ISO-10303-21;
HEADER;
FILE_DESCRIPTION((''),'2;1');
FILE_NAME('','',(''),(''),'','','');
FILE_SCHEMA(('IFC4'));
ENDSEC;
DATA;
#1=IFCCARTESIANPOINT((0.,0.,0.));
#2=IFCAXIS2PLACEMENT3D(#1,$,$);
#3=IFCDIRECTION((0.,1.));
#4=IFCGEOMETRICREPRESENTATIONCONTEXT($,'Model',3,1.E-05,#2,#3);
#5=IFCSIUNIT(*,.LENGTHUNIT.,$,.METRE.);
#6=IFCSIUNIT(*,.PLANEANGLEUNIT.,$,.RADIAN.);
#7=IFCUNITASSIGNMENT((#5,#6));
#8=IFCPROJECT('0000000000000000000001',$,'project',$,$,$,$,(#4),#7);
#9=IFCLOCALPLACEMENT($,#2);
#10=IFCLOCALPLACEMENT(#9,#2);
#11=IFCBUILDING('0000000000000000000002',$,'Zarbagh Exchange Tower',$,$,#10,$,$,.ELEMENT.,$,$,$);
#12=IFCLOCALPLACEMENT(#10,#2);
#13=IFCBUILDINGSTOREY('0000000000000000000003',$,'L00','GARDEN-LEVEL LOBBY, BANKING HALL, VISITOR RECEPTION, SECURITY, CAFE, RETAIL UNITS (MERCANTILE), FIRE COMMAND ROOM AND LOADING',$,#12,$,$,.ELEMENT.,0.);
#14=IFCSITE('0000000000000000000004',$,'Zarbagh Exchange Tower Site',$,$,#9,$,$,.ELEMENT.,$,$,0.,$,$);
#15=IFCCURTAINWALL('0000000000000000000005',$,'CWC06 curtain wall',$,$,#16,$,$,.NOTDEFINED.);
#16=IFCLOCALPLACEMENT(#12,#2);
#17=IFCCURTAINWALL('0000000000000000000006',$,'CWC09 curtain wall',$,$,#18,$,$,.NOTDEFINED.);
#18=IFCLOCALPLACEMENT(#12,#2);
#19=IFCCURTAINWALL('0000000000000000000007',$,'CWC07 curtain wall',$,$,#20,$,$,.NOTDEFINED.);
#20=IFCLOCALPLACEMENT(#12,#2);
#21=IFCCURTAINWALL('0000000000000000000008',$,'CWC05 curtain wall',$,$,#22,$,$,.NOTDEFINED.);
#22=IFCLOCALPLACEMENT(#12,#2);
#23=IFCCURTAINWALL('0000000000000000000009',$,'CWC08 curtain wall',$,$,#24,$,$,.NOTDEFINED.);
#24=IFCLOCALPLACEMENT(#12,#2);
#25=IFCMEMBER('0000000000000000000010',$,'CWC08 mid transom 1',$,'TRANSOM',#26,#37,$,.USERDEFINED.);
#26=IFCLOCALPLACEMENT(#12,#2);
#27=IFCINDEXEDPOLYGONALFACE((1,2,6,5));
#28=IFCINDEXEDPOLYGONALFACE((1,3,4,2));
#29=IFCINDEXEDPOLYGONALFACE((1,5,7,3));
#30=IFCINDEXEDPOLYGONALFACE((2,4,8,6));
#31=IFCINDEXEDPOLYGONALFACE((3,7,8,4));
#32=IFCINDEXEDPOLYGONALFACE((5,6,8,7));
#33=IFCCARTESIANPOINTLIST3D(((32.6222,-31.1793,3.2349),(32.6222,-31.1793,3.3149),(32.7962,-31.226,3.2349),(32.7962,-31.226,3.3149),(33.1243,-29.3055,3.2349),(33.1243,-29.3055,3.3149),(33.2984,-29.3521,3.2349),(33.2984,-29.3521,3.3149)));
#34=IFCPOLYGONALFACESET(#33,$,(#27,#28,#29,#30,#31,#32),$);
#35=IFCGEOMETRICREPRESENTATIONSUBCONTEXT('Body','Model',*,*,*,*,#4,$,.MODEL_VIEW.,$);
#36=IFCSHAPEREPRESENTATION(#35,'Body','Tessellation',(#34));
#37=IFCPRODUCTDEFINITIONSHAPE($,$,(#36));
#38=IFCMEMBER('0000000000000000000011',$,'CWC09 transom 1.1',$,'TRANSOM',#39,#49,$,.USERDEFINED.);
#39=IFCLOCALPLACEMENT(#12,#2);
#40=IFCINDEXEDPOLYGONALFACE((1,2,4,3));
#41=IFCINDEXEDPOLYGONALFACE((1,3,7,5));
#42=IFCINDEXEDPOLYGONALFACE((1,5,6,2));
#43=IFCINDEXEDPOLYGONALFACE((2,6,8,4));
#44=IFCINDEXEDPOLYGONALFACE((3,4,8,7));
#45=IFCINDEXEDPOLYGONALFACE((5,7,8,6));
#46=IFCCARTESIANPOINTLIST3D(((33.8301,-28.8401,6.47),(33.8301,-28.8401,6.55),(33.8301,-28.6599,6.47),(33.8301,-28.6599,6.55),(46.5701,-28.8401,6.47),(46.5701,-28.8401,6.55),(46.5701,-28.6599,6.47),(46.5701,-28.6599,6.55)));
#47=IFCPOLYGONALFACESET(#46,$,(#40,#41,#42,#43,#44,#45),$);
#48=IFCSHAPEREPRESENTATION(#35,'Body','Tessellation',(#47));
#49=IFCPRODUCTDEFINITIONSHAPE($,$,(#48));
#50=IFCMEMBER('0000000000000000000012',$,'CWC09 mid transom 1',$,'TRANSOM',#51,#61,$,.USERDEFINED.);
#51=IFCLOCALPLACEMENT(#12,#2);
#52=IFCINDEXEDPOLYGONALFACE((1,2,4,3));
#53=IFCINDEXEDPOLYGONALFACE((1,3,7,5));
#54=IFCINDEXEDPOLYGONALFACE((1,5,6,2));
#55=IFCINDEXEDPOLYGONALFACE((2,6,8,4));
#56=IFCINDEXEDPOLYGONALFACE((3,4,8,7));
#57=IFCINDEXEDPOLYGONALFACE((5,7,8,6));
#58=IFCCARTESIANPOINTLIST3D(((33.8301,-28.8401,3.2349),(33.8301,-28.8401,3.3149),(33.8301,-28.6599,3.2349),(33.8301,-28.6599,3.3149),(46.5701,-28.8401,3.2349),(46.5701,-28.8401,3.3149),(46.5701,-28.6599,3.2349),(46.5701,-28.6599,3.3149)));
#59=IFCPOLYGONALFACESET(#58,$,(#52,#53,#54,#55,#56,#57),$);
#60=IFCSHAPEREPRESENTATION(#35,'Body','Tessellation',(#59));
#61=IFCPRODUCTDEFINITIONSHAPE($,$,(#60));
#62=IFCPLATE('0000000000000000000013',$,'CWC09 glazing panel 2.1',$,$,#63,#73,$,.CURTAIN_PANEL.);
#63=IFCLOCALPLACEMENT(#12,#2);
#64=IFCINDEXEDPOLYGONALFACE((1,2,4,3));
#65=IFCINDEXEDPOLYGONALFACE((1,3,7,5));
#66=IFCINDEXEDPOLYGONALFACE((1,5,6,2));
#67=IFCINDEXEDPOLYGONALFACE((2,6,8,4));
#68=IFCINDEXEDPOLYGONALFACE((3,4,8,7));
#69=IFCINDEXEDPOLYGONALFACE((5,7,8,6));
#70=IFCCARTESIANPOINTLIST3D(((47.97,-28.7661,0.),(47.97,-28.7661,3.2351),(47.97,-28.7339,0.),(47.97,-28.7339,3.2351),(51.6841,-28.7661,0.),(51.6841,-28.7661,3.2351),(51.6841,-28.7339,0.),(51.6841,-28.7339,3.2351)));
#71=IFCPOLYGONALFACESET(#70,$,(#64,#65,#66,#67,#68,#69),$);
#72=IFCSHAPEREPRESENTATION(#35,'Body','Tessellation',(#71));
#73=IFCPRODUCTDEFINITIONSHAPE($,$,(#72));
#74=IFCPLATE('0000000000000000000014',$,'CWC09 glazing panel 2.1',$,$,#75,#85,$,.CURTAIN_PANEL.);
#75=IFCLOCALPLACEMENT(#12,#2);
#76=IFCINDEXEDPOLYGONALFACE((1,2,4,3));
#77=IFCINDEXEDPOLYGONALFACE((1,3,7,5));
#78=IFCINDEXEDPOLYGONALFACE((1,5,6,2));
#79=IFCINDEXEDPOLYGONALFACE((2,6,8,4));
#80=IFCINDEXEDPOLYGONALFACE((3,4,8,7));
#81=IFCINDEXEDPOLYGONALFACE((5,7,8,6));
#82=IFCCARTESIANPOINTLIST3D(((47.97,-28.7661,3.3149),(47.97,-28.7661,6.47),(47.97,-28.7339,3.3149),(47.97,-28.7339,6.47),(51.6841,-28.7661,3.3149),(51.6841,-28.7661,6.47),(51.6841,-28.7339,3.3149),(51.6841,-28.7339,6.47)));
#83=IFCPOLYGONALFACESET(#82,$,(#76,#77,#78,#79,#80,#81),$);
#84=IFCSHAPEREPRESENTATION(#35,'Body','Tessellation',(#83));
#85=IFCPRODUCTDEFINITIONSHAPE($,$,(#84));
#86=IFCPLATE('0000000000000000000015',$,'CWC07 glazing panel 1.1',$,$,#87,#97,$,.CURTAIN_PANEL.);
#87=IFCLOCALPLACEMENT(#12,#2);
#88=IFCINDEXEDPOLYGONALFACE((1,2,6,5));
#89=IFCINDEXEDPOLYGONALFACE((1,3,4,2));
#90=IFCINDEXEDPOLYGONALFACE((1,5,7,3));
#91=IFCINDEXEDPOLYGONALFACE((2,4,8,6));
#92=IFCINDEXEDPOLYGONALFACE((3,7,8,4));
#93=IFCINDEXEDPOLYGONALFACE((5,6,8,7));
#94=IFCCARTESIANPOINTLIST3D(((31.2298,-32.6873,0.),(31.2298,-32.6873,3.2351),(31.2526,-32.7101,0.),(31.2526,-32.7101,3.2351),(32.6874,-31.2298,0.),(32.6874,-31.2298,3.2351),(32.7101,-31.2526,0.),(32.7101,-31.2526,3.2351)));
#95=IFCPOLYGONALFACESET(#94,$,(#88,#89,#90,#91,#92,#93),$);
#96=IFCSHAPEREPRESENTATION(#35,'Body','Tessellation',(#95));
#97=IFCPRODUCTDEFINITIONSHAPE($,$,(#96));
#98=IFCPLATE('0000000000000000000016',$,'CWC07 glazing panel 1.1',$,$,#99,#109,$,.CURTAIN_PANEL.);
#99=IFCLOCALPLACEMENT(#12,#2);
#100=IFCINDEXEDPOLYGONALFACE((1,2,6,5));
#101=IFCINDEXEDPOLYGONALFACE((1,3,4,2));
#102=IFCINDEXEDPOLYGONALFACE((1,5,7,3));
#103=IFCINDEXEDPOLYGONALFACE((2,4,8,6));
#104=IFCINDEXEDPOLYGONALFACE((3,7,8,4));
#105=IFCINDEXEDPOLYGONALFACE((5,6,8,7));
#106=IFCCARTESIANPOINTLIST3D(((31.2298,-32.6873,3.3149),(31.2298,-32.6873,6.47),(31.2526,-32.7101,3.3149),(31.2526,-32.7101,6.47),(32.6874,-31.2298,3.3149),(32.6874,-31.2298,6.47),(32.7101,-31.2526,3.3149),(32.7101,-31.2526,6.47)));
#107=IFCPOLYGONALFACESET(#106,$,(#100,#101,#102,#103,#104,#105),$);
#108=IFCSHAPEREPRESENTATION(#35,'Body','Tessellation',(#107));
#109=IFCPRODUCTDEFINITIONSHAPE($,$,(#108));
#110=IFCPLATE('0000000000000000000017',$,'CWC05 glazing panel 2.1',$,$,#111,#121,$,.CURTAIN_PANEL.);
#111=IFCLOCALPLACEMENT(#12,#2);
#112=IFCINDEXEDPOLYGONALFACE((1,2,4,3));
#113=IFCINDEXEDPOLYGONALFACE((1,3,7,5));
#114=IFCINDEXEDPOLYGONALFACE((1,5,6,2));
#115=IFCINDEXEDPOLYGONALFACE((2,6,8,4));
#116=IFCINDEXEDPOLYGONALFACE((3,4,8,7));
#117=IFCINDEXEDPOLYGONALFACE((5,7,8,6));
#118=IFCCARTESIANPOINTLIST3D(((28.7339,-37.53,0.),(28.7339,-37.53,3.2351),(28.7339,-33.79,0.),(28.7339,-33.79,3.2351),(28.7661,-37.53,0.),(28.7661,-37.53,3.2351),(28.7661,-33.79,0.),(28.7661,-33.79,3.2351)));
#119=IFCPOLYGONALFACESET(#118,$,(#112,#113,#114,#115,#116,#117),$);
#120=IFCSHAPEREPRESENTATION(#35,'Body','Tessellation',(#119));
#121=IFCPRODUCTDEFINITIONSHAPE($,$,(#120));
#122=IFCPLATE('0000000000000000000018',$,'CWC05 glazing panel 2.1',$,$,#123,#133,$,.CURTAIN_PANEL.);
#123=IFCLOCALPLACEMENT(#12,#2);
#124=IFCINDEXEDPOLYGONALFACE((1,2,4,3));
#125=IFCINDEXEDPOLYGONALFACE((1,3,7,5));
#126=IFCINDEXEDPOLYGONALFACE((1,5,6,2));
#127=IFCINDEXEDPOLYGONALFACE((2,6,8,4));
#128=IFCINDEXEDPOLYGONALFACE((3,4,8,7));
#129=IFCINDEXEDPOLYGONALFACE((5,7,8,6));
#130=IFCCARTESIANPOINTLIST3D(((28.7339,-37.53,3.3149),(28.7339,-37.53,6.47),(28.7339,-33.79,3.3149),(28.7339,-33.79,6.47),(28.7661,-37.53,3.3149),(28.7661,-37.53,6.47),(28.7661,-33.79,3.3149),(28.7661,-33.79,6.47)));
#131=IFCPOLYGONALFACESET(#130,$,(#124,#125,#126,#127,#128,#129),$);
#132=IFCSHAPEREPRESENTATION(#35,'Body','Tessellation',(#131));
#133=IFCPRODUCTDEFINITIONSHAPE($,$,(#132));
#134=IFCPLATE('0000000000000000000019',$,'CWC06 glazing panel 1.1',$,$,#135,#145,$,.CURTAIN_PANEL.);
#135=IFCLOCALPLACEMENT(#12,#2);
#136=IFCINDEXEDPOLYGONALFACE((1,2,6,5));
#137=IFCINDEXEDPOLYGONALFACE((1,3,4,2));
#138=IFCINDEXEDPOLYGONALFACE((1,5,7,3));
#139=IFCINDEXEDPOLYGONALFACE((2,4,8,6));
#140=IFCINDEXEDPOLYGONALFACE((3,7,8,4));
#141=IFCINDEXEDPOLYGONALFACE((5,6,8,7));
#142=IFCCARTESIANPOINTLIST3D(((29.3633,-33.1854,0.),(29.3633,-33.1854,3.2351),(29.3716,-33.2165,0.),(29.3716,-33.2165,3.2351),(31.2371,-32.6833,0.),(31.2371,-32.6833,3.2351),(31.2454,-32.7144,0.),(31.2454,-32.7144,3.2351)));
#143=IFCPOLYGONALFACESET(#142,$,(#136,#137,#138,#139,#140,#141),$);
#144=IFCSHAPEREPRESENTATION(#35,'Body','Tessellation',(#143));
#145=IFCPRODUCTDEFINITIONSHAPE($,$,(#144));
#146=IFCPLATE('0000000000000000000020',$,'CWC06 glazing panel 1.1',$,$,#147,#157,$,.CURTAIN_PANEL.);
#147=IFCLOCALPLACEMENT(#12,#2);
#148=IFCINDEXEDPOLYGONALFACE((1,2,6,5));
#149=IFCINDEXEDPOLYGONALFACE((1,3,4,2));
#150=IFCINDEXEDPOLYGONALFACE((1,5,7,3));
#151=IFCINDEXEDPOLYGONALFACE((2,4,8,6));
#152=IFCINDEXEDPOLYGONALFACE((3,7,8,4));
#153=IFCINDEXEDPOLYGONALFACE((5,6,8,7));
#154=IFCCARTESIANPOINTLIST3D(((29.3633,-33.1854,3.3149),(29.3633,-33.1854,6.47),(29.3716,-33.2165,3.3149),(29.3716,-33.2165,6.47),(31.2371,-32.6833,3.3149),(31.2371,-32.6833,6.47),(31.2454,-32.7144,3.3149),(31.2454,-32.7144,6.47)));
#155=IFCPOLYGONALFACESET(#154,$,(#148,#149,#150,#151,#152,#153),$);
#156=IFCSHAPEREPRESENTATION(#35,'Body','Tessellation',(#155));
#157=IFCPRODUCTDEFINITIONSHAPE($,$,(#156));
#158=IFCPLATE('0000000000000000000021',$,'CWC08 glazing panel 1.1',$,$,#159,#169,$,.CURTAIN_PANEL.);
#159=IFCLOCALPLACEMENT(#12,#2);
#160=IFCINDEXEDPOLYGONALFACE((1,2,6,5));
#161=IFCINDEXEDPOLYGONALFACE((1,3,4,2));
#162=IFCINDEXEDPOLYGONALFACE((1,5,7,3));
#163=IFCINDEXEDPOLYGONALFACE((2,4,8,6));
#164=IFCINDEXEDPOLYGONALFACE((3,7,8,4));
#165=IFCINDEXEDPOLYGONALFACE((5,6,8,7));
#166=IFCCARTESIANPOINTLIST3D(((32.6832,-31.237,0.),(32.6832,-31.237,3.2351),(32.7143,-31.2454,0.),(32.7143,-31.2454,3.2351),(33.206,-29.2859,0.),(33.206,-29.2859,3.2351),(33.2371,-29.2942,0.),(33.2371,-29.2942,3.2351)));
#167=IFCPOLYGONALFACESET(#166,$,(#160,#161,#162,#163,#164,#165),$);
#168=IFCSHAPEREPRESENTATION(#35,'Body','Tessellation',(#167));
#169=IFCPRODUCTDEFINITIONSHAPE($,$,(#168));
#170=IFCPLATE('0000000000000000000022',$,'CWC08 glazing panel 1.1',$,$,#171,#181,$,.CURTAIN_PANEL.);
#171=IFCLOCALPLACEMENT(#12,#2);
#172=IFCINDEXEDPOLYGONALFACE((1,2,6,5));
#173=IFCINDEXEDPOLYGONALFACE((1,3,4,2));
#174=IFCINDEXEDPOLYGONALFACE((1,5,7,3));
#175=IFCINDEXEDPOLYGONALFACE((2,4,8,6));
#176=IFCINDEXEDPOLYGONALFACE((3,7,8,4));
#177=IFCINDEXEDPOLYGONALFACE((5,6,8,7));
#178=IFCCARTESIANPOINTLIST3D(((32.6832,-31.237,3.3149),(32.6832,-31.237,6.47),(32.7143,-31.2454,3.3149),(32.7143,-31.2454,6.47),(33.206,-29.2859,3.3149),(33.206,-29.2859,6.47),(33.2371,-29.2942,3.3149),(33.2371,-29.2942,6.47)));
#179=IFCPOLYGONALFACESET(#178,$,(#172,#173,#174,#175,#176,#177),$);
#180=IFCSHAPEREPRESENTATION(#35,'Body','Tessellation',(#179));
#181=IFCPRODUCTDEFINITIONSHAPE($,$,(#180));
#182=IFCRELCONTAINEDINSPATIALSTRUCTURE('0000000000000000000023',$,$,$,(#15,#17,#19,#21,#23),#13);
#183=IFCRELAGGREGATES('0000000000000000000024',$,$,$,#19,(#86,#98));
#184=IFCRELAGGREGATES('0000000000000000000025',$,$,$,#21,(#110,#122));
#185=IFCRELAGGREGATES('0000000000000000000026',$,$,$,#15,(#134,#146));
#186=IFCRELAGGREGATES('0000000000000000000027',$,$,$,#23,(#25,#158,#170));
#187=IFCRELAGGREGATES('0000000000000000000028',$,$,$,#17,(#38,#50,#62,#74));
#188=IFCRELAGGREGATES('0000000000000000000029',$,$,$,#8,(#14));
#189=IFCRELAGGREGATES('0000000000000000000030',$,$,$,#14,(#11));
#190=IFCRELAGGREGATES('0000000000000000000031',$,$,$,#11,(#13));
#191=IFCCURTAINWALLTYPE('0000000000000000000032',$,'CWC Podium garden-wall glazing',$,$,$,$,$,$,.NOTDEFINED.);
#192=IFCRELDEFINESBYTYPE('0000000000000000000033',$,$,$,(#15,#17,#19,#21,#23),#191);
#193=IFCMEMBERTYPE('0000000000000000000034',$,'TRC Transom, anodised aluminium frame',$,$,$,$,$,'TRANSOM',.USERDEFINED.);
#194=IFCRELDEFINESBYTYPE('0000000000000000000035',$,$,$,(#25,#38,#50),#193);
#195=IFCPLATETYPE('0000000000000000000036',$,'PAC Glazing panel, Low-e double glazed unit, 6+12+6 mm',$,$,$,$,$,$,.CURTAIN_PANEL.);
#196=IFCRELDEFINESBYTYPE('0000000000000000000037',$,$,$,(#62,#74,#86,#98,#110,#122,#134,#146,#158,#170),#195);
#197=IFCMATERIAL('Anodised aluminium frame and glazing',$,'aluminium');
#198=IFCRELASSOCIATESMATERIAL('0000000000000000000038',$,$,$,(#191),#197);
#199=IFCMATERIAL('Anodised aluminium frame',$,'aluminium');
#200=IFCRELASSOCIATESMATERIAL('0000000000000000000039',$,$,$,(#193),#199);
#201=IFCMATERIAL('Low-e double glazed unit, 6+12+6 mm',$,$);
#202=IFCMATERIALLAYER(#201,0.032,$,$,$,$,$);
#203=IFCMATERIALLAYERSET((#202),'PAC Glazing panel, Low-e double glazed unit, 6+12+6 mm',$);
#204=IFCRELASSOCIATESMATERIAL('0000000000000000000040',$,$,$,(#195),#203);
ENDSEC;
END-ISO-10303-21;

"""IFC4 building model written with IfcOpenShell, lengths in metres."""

from ifc_helpers import new_model, si_unit, direction, origin, place, context, subcontext, project, spatial, polyline, outline, extrude, source, transform, mapped, material, layer, layer_set, type_object, element, aggregate, save


model = new_model("IFC4")

# Units and contexts
model_context = context("Model", 3, precision=1e-05, world=origin(), true_north=direction((0.0, 1.0)))
body_context = subcontext(model_context, "Body", "Model", "MODEL_VIEW")
ifc_project = project(units=[si_unit("LENGTHUNIT", "METRE"), si_unit("PLANEANGLEUNIT", "RADIAN")], contexts=[model_context])

# Site, building, storey
site_placement = place(None, origin())
site = spatial("IfcSite", under=ifc_project, at=site_placement, Name="Zarbagh Exchange Tower Site", CompositionType="ELEMENT", RefElevation=0.0)
building_placement = place(site_placement, origin())
building = spatial("IfcBuilding", under=site, at=building_placement, Name="Zarbagh Exchange Tower", CompositionType="ELEMENT")
storey_placement = place(building_placement, origin())
storey = spatial("IfcBuildingStorey", under=building, at=storey_placement, Name="L00", Description="GARDEN-LEVEL LOBBY, BANKING HALL, VISITOR RECEPTION, SECURITY, CAFE, RETAIL UNITS (MERCANTILE), FIRE COMMAND ROOM AND LOADING", CompositionType="ELEMENT", Elevation=0.0)

# Curtain wall
ifc_material_1 = material(Name="Anodised aluminium frame and glazing", Category="aluminium")
curtain_wall_type = type_object("IfcCurtainWallType", Name="CWC Podium garden-wall glazing", PredefinedType="NOTDEFINED", material=ifc_material_1)
curtain_wall_1_placement = place(storey_placement, origin())
curtain_wall_1 = element("IfcCurtainWall", 1, at=curtain_wall_1_placement, inside=storey, type_object=curtain_wall_type, Name="CWC06 curtain wall", PredefinedType="NOTDEFINED")
ifc_material_2 = material(Name="Anodised aluminium frame", Category="aluminium")
placement = place(storey_placement, origin())

# Curtain walls
curtain_wall_2_placement = place(storey_placement, origin())
curtain_wall_2 = element("IfcCurtainWall", 2, at=curtain_wall_2_placement, inside=storey, type_object=curtain_wall_type, Name="CWC09 curtain wall", PredefinedType="NOTDEFINED")
member_type_1 = type_object("IfcMemberType", Name="TRC Transom, anodised aluminium frame", ElementType="TRANSOM", PredefinedType="USERDEFINED", material=ifc_material_2)
curtain_wall_3_placement = place(storey_placement, origin())
curtain_wall_3 = element("IfcCurtainWall", 3, at=curtain_wall_3_placement, inside=storey, type_object=curtain_wall_type, Name="CWC07 curtain wall", PredefinedType="NOTDEFINED")
curtain_wall_4_placement = place(storey_placement, origin())
curtain_wall_4 = element("IfcCurtainWall", 4, at=curtain_wall_4_placement, inside=storey, type_object=curtain_wall_type, Name="CWC05 curtain wall", PredefinedType="NOTDEFINED")

# Curtain wall
curtain_wall_5_placement = place(storey_placement, origin())
curtain_wall_5 = element("IfcCurtainWall", 5, at=curtain_wall_5_placement, inside=storey, type_object=curtain_wall_type, Name="CWC08 curtain wall", PredefinedType="NOTDEFINED")

# Members
shared_shape_1 = source(origin(), body_context, "Body", "SweptSolid", [
    extrude(outline(polyline([(-0.04, -0.0901), (0.04, -0.0901), (0.04, 0.0901), (-0.04, 0.0901), (-0.04, -0.0901)])), origin(), (0.0, 0.0, 1.0), 1.9399),
])
member_1 = element("IfcMember", 6, at=placement, type_object=member_type_1, Name="CWC08 mid transom 1", ObjectType="TRANSOM", PredefinedType="USERDEFINED", context=body_context, shape_type="MappedRepresentation", body=[
    mapped(shared_shape_1, transform((32.7092, -31.2026, 3.2749), x_axis=(0.0, 0.0, 1.0), y_axis=(0.965924, -0.258825, 0.0), z_axis=(0.258825, 0.965924, 0.0))),
])
shared_shape_2 = source(origin(), body_context, "Body", "SweptSolid", [
    extrude(outline(polyline([(-0.0801, -0.0901), (0.0, -0.0901), (0.0, 0.0901), (-0.0801, 0.0901), (-0.0801, -0.0901)])), origin(), (0.0, 0.0, 1.0), 12.74),
])
member_2 = element("IfcMember", 7, at=placement, type_object=member_type_1, Name="CWC09 transom 1.1", ObjectType="TRANSOM", PredefinedType="USERDEFINED", context=body_context, shape_type="MappedRepresentation", body=[
    mapped(shared_shape_2, transform((33.8301, -28.75, 6.55), x_axis=(0.0, 0.0, 1.0), y_axis=(0.0, -1.0, 0.0), z_axis=(1.0, 0.0, 0.0))),
])
shared_shape_3 = source(origin(), body_context, "Body", "SweptSolid", [
    extrude(outline(polyline([(-0.04, -0.0901), (0.04, -0.0901), (0.04, 0.0901), (-0.04, 0.0901), (-0.04, -0.0901)])), origin(), (0.0, 0.0, 1.0), 12.74),
])
member_3 = element("IfcMember", 8, at=placement, type_object=member_type_1, Name="CWC09 mid transom 1", ObjectType="TRANSOM", PredefinedType="USERDEFINED", context=body_context, shape_type="MappedRepresentation", body=[
    mapped(shared_shape_3, transform((33.8301, -28.75, 3.2749), x_axis=(0.0, 0.0, 1.0), y_axis=(0.0, -1.0, 0.0), z_axis=(1.0, 0.0, 0.0))),
])

# Plates
ifc_material_3 = material(Name="Low-e double glazed unit, 6+12+6 mm")
ifc_layer = layer(ifc_material_3, 0.032)
ifc_layer_set = layer_set([ifc_layer], Name="PAC Glazing panel, Low-e double glazed unit, 6+12+6 mm")
plate_type = type_object("IfcPlateType", Name="PAC Glazing panel, Low-e double glazed unit, 6+12+6 mm", PredefinedType="CURTAIN_PANEL", material=ifc_layer_set)
shared_shape_4 = source(origin(), body_context, "Body", "SweptSolid", [
    extrude(outline(polyline([(0.0, -0.0161), (3.7141, -0.0161), (3.7141, 0.0161), (0.0, 0.0161), (0.0, -0.0161)])), origin(), (0.0, 0.0, 1.0), 3.2351),
])
plate_1 = element("IfcPlate", 9, at=placement, type_object=plate_type, Name="CWC09 glazing panel 2.1", PredefinedType="CURTAIN_PANEL", context=body_context, shape_type="MappedRepresentation", body=[
    mapped(shared_shape_4, transform((47.97, -28.75, 0.0), x_axis=(1.0, 0.0, 0.0), y_axis=(0.0, 1.0, 0.0), z_axis=(0.0, 0.0, 1.0))),
])
shared_shape_5 = source(origin(), body_context, "Body", "SweptSolid", [
    extrude(outline(polyline([(0.0, -0.0161), (3.7141, -0.0161), (3.7141, 0.0161), (0.0, 0.0161), (0.0, -0.0161)])), origin(), (0.0, 0.0, 1.0), 3.155),
])
plate_2 = element("IfcPlate", 10, at=placement, type_object=plate_type, Name="CWC09 glazing panel 2.1", PredefinedType="CURTAIN_PANEL", context=body_context, shape_type="MappedRepresentation", body=[
    mapped(shared_shape_5, transform((47.97, -28.75, 3.3149), x_axis=(1.0, 0.0, 0.0), y_axis=(0.0, 1.0, 0.0), z_axis=(0.0, 0.0, 1.0))),
])
shared_shape_6 = source(origin(), body_context, "Body", "SweptSolid", [
    extrude(outline(polyline([(0.0, -0.0161), (2.0613, -0.0161), (2.0613, 0.0161), (0.0, 0.0161), (0.0, -0.0161)])), origin(), (0.0, 0.0, 1.0), 3.2351),
])
plate_3 = element("IfcPlate", 11, at=placement, type_object=plate_type, Name="CWC07 glazing panel 1.1", PredefinedType="CURTAIN_PANEL", context=body_context, shape_type="MappedRepresentation", body=[
    mapped(shared_shape_6, transform((31.2412, -32.6987, 0.0), x_axis=(0.707107, 0.707107, 0.0), y_axis=(-0.707107, 0.707107, 0.0), z_axis=(0.0, 0.0, 1.0))),
])
shared_shape_7 = source(origin(), body_context, "Body", "SweptSolid", [
    extrude(outline(polyline([(0.0, -0.0161), (2.0613, -0.0161), (2.0613, 0.0161), (0.0, 0.0161), (0.0, -0.0161)])), origin(), (0.0, 0.0, 1.0), 3.155),
])
plate_4 = element("IfcPlate", 12, at=placement, type_object=plate_type, Name="CWC07 glazing panel 1.1", PredefinedType="CURTAIN_PANEL", context=body_context, shape_type="MappedRepresentation", body=[
    mapped(shared_shape_7, transform((31.2412, -32.6987, 3.3149), x_axis=(0.707107, 0.707107, 0.0), y_axis=(-0.707107, 0.707107, 0.0), z_axis=(0.0, 0.0, 1.0))),
])
aggregate(curtain_wall_3, [plate_3, plate_4])
shared_shape_8 = source(origin(), body_context, "Body", "SweptSolid", [
    extrude(outline(polyline([(0.0, -0.0161), (3.74, -0.0161), (3.74, 0.0161), (0.0, 0.0161), (0.0, -0.0161)])), origin(), (0.0, 0.0, 1.0), 3.2351),
])
plate_5 = element("IfcPlate", 13, at=placement, type_object=plate_type, Name="CWC05 glazing panel 2.1", PredefinedType="CURTAIN_PANEL", context=body_context, shape_type="MappedRepresentation", body=[
    mapped(shared_shape_8, transform((28.75, -37.53, 0.0), x_axis=(0.0, 1.0, 0.0), y_axis=(-1.0, 0.0, 0.0), z_axis=(0.0, 0.0, 1.0))),
])
shared_shape_9 = source(origin(), body_context, "Body", "SweptSolid", [
    extrude(outline(polyline([(0.0, -0.0161), (3.74, -0.0161), (3.74, 0.0161), (0.0, 0.0161), (0.0, -0.0161)])), origin(), (0.0, 0.0, 1.0), 3.155),
])
plate_6 = element("IfcPlate", 14, at=placement, type_object=plate_type, Name="CWC05 glazing panel 2.1", PredefinedType="CURTAIN_PANEL", context=body_context, shape_type="MappedRepresentation", body=[
    mapped(shared_shape_9, transform((28.75, -37.53, 3.3149), x_axis=(0.0, 1.0, 0.0), y_axis=(-1.0, 0.0, 0.0), z_axis=(0.0, 0.0, 1.0))),
])
aggregate(curtain_wall_4, [plate_5, plate_6])
shared_shape_10 = source(origin(), body_context, "Body", "SweptSolid", [
    extrude(outline(polyline([(0.0, -0.0161), (1.9399, -0.0161), (1.9399, 0.0161), (0.0, 0.0161), (0.0, -0.0161)])), origin(), (0.0, 0.0, 1.0), 3.2351),
])
plate_7 = element("IfcPlate", 15, at=placement, type_object=plate_type, Name="CWC06 glazing panel 1.1", PredefinedType="CURTAIN_PANEL", context=body_context, shape_type="MappedRepresentation", body=[
    mapped(shared_shape_10, transform((29.3674, -33.2009, 0.0), x_axis=(0.965924, 0.258825, 0.0), y_axis=(-0.258825, 0.965924, 0.0), z_axis=(0.0, 0.0, 1.0))),
])
shared_shape_11 = source(origin(), body_context, "Body", "SweptSolid", [
    extrude(outline(polyline([(0.0, -0.0161), (1.9399, -0.0161), (1.9399, 0.0161), (0.0, 0.0161), (0.0, -0.0161)])), origin(), (0.0, 0.0, 1.0), 3.155),
])
plate_8 = element("IfcPlate", 16, at=placement, type_object=plate_type, Name="CWC06 glazing panel 1.1", PredefinedType="CURTAIN_PANEL", context=body_context, shape_type="MappedRepresentation", body=[
    mapped(shared_shape_11, transform((29.3674, -33.2009, 3.3149), x_axis=(0.965924, 0.258825, 0.0), y_axis=(-0.258825, 0.965924, 0.0), z_axis=(0.0, 0.0, 1.0))),
])
aggregate(curtain_wall_1, [plate_7, plate_8])
shared_shape_12 = source(origin(), body_context, "Body", "SweptSolid", [
    extrude(outline(polyline([(0.0, -0.0161), (2.02, -0.0161), (2.02, 0.0161), (0.0, 0.0161), (0.0, -0.0161)])), origin(), (0.0, 0.0, 1.0), 3.2351),
])
plate_9 = element("IfcPlate", 17, at=placement, type_object=plate_type, Name="CWC08 glazing panel 1.1", PredefinedType="CURTAIN_PANEL", context=body_context, shape_type="MappedRepresentation", body=[
    mapped(shared_shape_12, transform((32.6987, -31.2412, 0.0), x_axis=(0.258825, 0.965924, 0.0), y_axis=(-0.965924, 0.258825, 0.0), z_axis=(0.0, 0.0, 1.0))),
])
shared_shape_13 = source(origin(), body_context, "Body", "SweptSolid", [
    extrude(outline(polyline([(0.0, -0.0161), (2.02, -0.0161), (2.02, 0.0161), (0.0, 0.0161), (0.0, -0.0161)])), origin(), (0.0, 0.0, 1.0), 3.155),
])
plate_10 = element("IfcPlate", 18, at=placement, type_object=plate_type, Name="CWC08 glazing panel 1.1", PredefinedType="CURTAIN_PANEL", context=body_context, shape_type="MappedRepresentation", body=[
    mapped(shared_shape_13, transform((32.6987, -31.2412, 3.3149), x_axis=(0.258825, 0.965924, 0.0), y_axis=(-0.965924, 0.258825, 0.0), z_axis=(0.0, 0.0, 1.0))),
])
aggregate(curtain_wall_5, [member_1, plate_9, plate_10])
aggregate(curtain_wall_2, [member_2, member_3, plate_1, plate_2])

save(model, "model.ifc")
